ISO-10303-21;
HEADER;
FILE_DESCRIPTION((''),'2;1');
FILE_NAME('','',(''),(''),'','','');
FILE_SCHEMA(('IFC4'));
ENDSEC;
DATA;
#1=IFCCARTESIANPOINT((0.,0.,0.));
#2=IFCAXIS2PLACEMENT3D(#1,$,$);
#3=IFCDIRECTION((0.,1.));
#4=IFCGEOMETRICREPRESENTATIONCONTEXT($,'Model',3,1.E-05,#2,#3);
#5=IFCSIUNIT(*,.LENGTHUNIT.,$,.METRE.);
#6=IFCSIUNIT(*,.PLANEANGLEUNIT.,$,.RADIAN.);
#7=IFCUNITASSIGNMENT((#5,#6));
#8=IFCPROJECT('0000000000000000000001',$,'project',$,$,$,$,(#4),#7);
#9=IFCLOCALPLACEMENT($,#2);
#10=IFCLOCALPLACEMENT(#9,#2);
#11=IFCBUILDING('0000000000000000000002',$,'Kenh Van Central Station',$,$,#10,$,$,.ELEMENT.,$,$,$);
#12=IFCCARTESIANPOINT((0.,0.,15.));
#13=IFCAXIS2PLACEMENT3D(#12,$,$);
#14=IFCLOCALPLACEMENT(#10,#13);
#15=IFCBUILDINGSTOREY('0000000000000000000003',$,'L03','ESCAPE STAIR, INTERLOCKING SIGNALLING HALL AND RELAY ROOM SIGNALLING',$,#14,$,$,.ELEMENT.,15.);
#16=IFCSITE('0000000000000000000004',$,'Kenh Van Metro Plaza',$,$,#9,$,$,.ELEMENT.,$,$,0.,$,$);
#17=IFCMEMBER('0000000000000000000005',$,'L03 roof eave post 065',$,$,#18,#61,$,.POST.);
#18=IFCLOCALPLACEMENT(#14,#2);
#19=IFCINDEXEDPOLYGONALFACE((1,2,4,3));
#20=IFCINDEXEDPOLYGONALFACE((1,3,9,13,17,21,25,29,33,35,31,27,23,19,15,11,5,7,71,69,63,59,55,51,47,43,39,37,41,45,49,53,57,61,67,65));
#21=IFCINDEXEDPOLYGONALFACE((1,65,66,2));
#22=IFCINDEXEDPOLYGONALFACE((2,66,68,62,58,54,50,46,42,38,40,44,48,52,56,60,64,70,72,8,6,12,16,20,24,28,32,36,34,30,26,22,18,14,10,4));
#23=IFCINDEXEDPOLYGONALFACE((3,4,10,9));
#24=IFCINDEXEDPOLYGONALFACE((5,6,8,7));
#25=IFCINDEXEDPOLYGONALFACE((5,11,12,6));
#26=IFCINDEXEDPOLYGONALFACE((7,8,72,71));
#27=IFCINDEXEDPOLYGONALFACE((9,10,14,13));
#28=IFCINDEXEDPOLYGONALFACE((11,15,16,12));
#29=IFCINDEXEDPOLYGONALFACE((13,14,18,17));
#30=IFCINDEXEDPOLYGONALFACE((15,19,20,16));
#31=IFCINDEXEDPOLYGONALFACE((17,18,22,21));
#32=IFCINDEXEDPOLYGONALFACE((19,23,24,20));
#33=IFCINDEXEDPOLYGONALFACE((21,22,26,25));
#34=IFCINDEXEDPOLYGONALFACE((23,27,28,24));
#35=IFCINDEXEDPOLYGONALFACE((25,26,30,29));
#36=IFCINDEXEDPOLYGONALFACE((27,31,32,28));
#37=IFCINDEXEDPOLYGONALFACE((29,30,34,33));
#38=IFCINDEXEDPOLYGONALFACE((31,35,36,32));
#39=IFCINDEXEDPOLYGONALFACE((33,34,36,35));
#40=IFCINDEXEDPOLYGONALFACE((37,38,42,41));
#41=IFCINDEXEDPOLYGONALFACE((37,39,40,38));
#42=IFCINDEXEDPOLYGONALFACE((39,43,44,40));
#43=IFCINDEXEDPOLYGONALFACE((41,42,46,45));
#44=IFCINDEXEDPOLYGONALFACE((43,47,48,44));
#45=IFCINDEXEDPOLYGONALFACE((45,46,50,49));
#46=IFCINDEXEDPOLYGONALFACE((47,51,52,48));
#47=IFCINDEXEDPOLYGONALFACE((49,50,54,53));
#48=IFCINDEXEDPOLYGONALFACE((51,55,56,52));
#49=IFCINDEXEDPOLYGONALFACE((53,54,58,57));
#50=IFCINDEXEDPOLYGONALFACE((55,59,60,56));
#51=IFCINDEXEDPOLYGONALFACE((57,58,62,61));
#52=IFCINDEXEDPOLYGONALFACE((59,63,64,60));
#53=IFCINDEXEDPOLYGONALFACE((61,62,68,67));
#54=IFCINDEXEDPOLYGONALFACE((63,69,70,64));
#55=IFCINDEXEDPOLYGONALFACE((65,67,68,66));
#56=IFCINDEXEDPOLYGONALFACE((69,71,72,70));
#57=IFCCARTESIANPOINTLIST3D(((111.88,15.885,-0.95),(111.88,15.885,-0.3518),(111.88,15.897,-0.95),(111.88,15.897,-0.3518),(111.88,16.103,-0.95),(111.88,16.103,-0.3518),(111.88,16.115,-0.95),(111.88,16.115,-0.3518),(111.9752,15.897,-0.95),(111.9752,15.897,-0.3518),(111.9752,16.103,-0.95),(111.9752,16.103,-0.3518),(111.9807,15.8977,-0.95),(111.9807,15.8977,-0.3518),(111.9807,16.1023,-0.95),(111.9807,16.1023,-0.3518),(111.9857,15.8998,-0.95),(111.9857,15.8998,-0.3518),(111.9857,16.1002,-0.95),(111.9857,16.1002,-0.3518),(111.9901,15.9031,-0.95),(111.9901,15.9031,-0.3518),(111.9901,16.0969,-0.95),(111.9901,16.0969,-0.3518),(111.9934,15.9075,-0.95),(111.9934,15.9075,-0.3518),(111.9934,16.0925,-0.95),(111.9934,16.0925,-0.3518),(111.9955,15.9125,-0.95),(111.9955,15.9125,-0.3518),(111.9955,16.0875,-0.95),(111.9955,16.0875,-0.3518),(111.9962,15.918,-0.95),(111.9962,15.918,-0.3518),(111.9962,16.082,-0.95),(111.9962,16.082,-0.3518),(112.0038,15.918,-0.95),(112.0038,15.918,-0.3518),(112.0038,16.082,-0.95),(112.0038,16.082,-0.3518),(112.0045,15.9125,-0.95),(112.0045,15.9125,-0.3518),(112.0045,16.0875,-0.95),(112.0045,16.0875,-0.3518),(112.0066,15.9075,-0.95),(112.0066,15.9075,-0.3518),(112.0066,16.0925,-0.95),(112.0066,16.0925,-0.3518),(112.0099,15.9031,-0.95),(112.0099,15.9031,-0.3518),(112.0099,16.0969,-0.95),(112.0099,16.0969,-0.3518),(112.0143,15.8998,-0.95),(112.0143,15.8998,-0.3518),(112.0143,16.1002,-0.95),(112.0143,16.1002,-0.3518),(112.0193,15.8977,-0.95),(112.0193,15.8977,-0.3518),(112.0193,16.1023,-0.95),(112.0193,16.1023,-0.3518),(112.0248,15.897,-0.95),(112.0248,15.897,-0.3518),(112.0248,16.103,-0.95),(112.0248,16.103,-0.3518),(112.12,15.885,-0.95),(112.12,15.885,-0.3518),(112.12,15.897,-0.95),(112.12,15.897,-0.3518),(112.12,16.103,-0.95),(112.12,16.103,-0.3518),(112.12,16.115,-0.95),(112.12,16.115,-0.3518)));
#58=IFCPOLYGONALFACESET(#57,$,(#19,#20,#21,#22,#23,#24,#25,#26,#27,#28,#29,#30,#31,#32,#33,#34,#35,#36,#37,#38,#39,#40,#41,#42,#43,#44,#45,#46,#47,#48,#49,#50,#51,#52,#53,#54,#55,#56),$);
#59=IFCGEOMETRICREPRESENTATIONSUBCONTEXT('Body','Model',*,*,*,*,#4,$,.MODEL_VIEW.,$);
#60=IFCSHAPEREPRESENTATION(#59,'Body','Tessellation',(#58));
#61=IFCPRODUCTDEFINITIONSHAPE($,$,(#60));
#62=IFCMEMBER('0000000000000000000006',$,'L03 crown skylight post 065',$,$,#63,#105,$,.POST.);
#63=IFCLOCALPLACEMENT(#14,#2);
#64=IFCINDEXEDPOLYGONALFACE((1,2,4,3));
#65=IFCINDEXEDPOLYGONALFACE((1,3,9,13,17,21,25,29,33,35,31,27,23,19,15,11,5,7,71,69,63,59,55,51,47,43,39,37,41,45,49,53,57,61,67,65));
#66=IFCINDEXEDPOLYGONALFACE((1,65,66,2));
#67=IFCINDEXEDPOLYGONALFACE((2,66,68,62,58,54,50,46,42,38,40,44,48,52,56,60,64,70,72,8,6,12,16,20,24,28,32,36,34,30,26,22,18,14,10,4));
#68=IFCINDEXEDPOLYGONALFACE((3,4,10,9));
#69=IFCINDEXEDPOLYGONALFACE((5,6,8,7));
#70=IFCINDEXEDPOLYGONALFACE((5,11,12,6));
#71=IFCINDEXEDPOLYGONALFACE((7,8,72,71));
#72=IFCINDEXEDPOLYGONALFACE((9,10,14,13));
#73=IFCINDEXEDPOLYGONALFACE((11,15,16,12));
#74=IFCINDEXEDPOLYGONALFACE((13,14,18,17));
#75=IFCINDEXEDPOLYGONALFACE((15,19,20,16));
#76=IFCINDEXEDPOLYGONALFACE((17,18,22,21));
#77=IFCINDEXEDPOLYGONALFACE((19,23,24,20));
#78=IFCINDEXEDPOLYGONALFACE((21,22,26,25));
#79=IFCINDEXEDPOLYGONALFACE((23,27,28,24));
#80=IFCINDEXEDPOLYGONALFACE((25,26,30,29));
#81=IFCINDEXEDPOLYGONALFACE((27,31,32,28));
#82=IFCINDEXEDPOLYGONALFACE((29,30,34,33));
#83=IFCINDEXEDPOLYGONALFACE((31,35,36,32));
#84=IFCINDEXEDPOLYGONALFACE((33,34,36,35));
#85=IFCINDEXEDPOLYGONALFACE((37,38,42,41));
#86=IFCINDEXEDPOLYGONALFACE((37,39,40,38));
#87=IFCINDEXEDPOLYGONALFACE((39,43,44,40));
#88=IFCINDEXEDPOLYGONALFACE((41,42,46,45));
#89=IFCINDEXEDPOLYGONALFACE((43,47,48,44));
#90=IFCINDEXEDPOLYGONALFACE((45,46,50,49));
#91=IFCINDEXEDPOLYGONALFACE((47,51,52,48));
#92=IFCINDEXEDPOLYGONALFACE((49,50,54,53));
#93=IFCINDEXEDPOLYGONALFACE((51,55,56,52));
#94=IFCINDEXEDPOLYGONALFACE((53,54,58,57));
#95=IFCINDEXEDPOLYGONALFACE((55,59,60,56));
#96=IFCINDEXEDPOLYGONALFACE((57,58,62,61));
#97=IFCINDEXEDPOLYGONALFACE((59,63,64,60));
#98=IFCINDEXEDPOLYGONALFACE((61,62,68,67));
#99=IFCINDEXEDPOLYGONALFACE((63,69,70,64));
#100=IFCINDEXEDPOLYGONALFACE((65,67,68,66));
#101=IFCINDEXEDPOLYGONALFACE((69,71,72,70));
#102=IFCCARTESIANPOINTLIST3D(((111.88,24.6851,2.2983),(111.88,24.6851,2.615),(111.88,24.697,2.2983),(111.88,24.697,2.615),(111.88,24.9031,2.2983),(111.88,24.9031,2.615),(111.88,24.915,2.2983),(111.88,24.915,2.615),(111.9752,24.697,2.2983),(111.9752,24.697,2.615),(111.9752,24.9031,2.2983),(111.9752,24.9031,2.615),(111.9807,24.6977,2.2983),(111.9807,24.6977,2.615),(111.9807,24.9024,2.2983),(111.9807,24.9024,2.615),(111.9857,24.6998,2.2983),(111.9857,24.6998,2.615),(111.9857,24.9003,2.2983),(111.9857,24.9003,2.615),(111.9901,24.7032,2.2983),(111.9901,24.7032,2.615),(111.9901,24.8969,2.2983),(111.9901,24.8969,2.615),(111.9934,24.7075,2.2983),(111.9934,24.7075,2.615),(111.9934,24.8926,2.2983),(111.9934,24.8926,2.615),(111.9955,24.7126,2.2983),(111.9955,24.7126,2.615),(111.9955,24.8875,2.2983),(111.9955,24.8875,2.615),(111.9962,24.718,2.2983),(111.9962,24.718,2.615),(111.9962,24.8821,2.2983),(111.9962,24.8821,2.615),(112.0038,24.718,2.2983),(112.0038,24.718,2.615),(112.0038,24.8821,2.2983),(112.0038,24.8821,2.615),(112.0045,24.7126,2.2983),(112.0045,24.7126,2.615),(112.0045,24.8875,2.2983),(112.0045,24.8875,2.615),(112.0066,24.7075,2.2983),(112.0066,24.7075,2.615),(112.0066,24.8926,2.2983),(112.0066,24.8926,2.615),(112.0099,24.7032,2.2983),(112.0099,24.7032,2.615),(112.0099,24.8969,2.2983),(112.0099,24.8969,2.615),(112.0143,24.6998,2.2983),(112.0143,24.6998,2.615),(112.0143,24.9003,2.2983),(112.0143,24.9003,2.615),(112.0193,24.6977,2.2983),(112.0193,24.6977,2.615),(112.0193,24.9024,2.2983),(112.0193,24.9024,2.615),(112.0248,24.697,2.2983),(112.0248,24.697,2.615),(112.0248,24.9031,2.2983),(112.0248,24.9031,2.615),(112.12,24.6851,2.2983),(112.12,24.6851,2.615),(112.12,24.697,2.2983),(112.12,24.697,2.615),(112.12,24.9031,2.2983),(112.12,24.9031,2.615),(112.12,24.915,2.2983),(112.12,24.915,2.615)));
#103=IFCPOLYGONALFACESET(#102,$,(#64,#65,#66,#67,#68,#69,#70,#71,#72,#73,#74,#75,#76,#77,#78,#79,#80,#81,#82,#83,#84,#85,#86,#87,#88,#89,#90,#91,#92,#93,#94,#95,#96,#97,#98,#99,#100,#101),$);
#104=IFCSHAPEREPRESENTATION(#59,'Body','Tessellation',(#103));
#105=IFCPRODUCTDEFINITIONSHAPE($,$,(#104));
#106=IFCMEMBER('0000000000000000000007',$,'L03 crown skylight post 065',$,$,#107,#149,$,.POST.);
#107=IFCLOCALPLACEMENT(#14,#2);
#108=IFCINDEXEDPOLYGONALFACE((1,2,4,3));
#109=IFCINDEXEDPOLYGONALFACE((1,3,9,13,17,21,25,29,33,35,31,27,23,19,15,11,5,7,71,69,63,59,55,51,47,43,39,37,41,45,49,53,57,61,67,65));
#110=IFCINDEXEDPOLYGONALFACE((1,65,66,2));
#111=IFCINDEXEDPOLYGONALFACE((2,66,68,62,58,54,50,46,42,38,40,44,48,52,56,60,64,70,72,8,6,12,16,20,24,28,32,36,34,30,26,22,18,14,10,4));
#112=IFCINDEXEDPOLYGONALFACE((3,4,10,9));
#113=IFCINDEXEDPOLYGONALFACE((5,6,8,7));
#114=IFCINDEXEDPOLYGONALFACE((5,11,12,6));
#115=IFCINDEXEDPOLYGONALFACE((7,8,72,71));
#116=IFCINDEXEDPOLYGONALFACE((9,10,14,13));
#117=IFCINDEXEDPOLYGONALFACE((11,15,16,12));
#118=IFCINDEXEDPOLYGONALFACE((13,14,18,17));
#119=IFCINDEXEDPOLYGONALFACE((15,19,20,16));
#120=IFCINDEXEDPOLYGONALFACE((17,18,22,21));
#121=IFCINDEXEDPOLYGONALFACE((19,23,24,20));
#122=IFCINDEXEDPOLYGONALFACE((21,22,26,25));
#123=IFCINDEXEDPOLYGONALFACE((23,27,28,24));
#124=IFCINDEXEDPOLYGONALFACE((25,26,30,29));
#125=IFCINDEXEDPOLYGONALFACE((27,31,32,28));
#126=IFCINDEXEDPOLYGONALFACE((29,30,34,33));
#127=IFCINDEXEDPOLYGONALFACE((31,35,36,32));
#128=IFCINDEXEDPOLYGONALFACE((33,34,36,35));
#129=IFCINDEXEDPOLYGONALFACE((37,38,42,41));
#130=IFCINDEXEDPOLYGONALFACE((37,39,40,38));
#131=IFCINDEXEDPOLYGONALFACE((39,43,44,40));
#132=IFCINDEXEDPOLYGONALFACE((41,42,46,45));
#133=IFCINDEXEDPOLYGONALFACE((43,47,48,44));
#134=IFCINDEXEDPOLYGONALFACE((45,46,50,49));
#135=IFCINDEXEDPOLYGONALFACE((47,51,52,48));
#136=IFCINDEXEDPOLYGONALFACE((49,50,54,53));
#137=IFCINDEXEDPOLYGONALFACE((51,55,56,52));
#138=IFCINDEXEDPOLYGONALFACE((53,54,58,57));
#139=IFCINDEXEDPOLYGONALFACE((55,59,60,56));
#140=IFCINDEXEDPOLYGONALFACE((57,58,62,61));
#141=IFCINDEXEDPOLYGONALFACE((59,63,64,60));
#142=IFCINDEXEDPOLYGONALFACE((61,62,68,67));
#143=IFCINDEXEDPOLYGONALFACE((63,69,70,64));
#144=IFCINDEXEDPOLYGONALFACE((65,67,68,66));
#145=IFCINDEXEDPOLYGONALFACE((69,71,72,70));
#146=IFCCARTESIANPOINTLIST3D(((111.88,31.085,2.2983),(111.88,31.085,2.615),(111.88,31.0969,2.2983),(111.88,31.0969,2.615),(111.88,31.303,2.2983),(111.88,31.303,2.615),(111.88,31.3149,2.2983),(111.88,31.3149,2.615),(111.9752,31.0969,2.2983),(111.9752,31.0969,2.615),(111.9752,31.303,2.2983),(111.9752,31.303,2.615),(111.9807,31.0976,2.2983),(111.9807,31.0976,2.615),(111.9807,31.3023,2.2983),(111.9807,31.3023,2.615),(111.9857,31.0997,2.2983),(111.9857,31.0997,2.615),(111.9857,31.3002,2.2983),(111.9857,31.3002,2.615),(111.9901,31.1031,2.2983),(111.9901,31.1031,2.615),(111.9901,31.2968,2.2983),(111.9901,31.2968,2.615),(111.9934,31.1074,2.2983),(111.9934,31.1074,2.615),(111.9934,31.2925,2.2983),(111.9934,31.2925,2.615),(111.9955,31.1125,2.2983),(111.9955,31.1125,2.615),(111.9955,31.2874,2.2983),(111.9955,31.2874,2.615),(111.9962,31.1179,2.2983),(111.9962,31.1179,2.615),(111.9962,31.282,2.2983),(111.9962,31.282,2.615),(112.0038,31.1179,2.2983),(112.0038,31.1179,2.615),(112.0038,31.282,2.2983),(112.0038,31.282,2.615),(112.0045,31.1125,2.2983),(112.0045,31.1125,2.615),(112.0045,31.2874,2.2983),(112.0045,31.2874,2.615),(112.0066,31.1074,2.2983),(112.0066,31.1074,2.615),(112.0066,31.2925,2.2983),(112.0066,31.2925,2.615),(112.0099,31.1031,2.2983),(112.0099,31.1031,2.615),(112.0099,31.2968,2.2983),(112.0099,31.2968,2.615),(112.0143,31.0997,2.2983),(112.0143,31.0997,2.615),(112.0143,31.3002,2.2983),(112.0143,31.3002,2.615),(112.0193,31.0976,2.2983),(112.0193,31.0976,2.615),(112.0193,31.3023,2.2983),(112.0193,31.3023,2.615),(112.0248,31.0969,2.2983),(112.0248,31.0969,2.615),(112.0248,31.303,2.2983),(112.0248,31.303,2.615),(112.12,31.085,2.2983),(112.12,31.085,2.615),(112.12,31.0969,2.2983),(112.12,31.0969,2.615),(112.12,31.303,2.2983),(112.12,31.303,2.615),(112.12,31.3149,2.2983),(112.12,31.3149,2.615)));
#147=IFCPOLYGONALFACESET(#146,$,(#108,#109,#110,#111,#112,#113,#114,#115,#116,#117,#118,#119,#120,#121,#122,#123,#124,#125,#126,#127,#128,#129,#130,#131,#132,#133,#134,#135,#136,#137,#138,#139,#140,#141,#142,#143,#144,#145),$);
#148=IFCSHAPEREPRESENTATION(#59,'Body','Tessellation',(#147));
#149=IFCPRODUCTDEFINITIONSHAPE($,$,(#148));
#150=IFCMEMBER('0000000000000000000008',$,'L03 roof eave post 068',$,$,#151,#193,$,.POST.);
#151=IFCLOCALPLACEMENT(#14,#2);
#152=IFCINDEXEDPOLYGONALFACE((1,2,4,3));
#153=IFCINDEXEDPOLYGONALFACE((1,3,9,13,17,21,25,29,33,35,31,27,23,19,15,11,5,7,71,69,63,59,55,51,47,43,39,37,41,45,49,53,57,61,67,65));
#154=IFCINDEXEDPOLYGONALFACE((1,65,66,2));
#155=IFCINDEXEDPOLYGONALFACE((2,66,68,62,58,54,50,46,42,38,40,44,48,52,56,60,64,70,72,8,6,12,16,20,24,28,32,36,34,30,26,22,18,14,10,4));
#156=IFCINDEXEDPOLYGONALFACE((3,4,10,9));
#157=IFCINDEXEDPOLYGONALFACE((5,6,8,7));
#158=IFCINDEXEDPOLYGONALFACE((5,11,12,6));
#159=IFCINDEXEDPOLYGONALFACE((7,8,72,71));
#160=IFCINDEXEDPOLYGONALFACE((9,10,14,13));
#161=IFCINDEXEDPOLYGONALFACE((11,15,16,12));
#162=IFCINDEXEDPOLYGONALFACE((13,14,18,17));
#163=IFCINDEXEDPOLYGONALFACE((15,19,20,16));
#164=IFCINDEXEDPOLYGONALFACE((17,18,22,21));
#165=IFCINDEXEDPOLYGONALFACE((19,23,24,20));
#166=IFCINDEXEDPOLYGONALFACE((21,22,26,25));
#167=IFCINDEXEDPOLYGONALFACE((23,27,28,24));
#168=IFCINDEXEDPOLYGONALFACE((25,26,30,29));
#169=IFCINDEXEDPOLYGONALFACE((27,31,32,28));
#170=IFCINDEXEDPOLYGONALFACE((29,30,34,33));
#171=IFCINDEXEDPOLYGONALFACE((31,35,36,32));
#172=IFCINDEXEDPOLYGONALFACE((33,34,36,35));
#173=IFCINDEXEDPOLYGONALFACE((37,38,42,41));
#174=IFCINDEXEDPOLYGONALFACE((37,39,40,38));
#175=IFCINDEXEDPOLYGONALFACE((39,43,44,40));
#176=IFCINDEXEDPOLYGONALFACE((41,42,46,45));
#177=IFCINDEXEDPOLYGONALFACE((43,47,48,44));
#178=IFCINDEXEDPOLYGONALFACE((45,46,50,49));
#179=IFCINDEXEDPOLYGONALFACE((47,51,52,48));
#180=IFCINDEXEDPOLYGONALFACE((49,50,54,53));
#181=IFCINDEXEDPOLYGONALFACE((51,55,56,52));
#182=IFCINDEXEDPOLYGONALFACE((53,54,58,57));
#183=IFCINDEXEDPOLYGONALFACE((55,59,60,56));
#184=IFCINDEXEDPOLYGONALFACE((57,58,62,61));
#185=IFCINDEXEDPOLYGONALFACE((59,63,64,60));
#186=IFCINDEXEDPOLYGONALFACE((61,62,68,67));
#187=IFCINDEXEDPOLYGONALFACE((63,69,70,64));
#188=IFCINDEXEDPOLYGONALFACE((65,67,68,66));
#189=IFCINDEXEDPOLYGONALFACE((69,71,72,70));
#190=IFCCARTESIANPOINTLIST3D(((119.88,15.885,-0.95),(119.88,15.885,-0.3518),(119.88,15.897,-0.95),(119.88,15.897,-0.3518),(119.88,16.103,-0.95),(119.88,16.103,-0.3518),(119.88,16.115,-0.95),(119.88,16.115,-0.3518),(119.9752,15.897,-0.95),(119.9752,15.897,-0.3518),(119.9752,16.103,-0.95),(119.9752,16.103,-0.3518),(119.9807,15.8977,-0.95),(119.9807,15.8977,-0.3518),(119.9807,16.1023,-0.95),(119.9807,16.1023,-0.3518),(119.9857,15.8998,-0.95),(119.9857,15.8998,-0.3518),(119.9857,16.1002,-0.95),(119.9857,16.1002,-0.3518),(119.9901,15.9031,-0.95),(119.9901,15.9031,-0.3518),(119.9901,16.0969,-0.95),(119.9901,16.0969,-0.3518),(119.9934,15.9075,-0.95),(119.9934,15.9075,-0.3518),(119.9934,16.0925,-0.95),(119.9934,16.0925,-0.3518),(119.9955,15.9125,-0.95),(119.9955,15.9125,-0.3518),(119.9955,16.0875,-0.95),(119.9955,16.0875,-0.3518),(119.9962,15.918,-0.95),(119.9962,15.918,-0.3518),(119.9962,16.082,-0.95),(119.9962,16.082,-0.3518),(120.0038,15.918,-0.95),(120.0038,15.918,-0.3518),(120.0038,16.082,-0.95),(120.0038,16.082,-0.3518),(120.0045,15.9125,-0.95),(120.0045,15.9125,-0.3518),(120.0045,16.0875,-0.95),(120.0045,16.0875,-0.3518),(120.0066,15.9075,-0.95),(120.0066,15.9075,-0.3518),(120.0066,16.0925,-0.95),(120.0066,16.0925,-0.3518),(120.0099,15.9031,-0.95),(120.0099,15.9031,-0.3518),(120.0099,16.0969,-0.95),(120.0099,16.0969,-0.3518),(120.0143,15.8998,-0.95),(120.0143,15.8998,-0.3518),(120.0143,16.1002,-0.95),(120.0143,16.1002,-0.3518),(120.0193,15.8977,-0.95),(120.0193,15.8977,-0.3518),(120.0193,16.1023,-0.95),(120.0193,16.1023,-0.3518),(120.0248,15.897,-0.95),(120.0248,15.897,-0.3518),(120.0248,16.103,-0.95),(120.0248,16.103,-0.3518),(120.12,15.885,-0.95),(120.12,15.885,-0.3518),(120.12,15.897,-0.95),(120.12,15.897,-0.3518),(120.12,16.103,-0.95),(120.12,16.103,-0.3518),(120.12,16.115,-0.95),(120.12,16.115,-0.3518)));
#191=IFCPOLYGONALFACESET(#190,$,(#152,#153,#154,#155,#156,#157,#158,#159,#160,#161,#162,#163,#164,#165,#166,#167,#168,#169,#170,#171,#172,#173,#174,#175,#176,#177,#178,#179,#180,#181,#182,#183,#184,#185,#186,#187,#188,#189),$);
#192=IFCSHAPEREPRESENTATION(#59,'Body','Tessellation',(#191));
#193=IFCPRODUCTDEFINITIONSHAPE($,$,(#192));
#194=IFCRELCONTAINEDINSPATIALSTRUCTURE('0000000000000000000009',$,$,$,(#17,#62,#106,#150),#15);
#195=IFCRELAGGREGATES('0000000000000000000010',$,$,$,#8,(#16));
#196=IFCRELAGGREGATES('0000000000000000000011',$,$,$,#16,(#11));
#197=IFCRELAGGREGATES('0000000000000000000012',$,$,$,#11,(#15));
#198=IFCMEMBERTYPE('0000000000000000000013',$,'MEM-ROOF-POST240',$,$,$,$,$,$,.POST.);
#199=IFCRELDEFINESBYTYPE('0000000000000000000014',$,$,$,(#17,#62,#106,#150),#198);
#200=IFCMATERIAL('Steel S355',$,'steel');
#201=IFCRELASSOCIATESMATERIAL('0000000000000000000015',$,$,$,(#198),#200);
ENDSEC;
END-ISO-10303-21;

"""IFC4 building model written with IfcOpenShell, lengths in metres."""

from ifc_helpers import new_model, si_unit, direction, frame, origin, origin_2d, place, context, subcontext, project, spatial, i_section, extrude, material, material_profile, profile_set, type_object, element, save


model = new_model("IFC4")

# Units and contexts
model_context = context("Model", 3, precision=1e-05, world=origin(), true_north=direction((0.0, 1.0)))
body_context = subcontext(model_context, "Body", "Model", "MODEL_VIEW")
ifc_project = project(units=[si_unit("LENGTHUNIT", "METRE"), si_unit("PLANEANGLEUNIT", "RADIAN")], contexts=[model_context])

# Site, building, storey
site_placement = place(None, origin())
site = spatial("IfcSite", under=ifc_project, at=site_placement, Name="Kenh Van Metro Plaza", CompositionType="ELEMENT", RefElevation=0.0)
building_placement = place(site_placement, origin())
building = spatial("IfcBuilding", under=site, at=building_placement, Name="Kenh Van Central Station", CompositionType="ELEMENT")
storey_placement = place(building_placement, frame((0.0, 0.0, 15.0)))
storey = spatial("IfcBuildingStorey", under=building, at=storey_placement, Name="L03", Description="ESCAPE STAIR, INTERLOCKING SIGNALLING HALL AND RELAY ROOM SIGNALLING", CompositionType="ELEMENT", Elevation=15.0)

# Shared definitions
ifc_material_1 = material(Name="Steel S355", Category="steel")

# Members
ifc_material_profile_1 = material_profile(ifc_material_1, i_section(OverallWidth=0.24, OverallDepth=0.23, WebThickness=0.0076, FlangeThickness=0.012, FilletRadius=0.021, at=origin_2d()), Name="HEA 240")
ifc_profile_set_1 = profile_set([ifc_material_profile_1], Name="Steel S355")
member_type_1 = type_object("IfcMemberType", Name="MEM-ROOF-POST240", PredefinedType="POST", material=ifc_profile_set_1)
member_1_placement = place(storey_placement, frame((112.0, 16.0, -0.95), z_axis=(0.0, 0.0, 1.0), x_axis=(1.0, 0.0, 0.0)))
element("IfcMember", 1, at=member_1_placement, inside=storey, type_object=member_type_1, Name="L03 roof eave post 065", PredefinedType="POST", context=body_context, shape_type="SweptSolid", body=[
    extrude(i_section(OverallWidth=0.24, OverallDepth=0.23, WebThickness=0.0076, FlangeThickness=0.012, FilletRadius=0.021, at=origin_2d()), origin(), (0.0, 0.0, 1.0), 0.5981),
])
for number, where, z_axis, x_axis, name in (
    (2, (112.0, 24.8, 2.2983), (0.0, 0.0, 1.0), (1.0, 0.0, 0.0), "L03 crown skylight post 065"),
    (3, (112.0, 31.2, 2.2983), (0.0, 0.0, 1.0), (1.0, 0.0, 0.0), "L03 crown skylight post 065"),
):
    element("IfcMember", number, at=place(storey_placement, frame(where, z_axis=z_axis, x_axis=x_axis)), inside=storey, type_object=member_type_1, Name=name, PredefinedType="POST", context=body_context, shape_type="SweptSolid", body=[
        extrude(i_section(OverallWidth=0.24, OverallDepth=0.23, WebThickness=0.0076, FlangeThickness=0.012, FilletRadius=0.021, at=origin_2d()), origin(), (0.0, 0.0, 1.0), 0.3167),
    ])
member_2_placement = place(storey_placement, frame((120.0, 16.0, -0.95), z_axis=(0.0, 0.0, 1.0), x_axis=(1.0, 0.0, 0.0)))
element("IfcMember", 4, at=member_2_placement, inside=storey, type_object=member_type_1, Name="L03 roof eave post 068", PredefinedType="POST", context=body_context, shape_type="SweptSolid", body=[
    extrude(i_section(OverallWidth=0.24, OverallDepth=0.23, WebThickness=0.0076, FlangeThickness=0.012, FilletRadius=0.021, at=origin_2d()), origin(), (0.0, 0.0, 1.0), 0.5981),
])

save(model, "model.ifc")
